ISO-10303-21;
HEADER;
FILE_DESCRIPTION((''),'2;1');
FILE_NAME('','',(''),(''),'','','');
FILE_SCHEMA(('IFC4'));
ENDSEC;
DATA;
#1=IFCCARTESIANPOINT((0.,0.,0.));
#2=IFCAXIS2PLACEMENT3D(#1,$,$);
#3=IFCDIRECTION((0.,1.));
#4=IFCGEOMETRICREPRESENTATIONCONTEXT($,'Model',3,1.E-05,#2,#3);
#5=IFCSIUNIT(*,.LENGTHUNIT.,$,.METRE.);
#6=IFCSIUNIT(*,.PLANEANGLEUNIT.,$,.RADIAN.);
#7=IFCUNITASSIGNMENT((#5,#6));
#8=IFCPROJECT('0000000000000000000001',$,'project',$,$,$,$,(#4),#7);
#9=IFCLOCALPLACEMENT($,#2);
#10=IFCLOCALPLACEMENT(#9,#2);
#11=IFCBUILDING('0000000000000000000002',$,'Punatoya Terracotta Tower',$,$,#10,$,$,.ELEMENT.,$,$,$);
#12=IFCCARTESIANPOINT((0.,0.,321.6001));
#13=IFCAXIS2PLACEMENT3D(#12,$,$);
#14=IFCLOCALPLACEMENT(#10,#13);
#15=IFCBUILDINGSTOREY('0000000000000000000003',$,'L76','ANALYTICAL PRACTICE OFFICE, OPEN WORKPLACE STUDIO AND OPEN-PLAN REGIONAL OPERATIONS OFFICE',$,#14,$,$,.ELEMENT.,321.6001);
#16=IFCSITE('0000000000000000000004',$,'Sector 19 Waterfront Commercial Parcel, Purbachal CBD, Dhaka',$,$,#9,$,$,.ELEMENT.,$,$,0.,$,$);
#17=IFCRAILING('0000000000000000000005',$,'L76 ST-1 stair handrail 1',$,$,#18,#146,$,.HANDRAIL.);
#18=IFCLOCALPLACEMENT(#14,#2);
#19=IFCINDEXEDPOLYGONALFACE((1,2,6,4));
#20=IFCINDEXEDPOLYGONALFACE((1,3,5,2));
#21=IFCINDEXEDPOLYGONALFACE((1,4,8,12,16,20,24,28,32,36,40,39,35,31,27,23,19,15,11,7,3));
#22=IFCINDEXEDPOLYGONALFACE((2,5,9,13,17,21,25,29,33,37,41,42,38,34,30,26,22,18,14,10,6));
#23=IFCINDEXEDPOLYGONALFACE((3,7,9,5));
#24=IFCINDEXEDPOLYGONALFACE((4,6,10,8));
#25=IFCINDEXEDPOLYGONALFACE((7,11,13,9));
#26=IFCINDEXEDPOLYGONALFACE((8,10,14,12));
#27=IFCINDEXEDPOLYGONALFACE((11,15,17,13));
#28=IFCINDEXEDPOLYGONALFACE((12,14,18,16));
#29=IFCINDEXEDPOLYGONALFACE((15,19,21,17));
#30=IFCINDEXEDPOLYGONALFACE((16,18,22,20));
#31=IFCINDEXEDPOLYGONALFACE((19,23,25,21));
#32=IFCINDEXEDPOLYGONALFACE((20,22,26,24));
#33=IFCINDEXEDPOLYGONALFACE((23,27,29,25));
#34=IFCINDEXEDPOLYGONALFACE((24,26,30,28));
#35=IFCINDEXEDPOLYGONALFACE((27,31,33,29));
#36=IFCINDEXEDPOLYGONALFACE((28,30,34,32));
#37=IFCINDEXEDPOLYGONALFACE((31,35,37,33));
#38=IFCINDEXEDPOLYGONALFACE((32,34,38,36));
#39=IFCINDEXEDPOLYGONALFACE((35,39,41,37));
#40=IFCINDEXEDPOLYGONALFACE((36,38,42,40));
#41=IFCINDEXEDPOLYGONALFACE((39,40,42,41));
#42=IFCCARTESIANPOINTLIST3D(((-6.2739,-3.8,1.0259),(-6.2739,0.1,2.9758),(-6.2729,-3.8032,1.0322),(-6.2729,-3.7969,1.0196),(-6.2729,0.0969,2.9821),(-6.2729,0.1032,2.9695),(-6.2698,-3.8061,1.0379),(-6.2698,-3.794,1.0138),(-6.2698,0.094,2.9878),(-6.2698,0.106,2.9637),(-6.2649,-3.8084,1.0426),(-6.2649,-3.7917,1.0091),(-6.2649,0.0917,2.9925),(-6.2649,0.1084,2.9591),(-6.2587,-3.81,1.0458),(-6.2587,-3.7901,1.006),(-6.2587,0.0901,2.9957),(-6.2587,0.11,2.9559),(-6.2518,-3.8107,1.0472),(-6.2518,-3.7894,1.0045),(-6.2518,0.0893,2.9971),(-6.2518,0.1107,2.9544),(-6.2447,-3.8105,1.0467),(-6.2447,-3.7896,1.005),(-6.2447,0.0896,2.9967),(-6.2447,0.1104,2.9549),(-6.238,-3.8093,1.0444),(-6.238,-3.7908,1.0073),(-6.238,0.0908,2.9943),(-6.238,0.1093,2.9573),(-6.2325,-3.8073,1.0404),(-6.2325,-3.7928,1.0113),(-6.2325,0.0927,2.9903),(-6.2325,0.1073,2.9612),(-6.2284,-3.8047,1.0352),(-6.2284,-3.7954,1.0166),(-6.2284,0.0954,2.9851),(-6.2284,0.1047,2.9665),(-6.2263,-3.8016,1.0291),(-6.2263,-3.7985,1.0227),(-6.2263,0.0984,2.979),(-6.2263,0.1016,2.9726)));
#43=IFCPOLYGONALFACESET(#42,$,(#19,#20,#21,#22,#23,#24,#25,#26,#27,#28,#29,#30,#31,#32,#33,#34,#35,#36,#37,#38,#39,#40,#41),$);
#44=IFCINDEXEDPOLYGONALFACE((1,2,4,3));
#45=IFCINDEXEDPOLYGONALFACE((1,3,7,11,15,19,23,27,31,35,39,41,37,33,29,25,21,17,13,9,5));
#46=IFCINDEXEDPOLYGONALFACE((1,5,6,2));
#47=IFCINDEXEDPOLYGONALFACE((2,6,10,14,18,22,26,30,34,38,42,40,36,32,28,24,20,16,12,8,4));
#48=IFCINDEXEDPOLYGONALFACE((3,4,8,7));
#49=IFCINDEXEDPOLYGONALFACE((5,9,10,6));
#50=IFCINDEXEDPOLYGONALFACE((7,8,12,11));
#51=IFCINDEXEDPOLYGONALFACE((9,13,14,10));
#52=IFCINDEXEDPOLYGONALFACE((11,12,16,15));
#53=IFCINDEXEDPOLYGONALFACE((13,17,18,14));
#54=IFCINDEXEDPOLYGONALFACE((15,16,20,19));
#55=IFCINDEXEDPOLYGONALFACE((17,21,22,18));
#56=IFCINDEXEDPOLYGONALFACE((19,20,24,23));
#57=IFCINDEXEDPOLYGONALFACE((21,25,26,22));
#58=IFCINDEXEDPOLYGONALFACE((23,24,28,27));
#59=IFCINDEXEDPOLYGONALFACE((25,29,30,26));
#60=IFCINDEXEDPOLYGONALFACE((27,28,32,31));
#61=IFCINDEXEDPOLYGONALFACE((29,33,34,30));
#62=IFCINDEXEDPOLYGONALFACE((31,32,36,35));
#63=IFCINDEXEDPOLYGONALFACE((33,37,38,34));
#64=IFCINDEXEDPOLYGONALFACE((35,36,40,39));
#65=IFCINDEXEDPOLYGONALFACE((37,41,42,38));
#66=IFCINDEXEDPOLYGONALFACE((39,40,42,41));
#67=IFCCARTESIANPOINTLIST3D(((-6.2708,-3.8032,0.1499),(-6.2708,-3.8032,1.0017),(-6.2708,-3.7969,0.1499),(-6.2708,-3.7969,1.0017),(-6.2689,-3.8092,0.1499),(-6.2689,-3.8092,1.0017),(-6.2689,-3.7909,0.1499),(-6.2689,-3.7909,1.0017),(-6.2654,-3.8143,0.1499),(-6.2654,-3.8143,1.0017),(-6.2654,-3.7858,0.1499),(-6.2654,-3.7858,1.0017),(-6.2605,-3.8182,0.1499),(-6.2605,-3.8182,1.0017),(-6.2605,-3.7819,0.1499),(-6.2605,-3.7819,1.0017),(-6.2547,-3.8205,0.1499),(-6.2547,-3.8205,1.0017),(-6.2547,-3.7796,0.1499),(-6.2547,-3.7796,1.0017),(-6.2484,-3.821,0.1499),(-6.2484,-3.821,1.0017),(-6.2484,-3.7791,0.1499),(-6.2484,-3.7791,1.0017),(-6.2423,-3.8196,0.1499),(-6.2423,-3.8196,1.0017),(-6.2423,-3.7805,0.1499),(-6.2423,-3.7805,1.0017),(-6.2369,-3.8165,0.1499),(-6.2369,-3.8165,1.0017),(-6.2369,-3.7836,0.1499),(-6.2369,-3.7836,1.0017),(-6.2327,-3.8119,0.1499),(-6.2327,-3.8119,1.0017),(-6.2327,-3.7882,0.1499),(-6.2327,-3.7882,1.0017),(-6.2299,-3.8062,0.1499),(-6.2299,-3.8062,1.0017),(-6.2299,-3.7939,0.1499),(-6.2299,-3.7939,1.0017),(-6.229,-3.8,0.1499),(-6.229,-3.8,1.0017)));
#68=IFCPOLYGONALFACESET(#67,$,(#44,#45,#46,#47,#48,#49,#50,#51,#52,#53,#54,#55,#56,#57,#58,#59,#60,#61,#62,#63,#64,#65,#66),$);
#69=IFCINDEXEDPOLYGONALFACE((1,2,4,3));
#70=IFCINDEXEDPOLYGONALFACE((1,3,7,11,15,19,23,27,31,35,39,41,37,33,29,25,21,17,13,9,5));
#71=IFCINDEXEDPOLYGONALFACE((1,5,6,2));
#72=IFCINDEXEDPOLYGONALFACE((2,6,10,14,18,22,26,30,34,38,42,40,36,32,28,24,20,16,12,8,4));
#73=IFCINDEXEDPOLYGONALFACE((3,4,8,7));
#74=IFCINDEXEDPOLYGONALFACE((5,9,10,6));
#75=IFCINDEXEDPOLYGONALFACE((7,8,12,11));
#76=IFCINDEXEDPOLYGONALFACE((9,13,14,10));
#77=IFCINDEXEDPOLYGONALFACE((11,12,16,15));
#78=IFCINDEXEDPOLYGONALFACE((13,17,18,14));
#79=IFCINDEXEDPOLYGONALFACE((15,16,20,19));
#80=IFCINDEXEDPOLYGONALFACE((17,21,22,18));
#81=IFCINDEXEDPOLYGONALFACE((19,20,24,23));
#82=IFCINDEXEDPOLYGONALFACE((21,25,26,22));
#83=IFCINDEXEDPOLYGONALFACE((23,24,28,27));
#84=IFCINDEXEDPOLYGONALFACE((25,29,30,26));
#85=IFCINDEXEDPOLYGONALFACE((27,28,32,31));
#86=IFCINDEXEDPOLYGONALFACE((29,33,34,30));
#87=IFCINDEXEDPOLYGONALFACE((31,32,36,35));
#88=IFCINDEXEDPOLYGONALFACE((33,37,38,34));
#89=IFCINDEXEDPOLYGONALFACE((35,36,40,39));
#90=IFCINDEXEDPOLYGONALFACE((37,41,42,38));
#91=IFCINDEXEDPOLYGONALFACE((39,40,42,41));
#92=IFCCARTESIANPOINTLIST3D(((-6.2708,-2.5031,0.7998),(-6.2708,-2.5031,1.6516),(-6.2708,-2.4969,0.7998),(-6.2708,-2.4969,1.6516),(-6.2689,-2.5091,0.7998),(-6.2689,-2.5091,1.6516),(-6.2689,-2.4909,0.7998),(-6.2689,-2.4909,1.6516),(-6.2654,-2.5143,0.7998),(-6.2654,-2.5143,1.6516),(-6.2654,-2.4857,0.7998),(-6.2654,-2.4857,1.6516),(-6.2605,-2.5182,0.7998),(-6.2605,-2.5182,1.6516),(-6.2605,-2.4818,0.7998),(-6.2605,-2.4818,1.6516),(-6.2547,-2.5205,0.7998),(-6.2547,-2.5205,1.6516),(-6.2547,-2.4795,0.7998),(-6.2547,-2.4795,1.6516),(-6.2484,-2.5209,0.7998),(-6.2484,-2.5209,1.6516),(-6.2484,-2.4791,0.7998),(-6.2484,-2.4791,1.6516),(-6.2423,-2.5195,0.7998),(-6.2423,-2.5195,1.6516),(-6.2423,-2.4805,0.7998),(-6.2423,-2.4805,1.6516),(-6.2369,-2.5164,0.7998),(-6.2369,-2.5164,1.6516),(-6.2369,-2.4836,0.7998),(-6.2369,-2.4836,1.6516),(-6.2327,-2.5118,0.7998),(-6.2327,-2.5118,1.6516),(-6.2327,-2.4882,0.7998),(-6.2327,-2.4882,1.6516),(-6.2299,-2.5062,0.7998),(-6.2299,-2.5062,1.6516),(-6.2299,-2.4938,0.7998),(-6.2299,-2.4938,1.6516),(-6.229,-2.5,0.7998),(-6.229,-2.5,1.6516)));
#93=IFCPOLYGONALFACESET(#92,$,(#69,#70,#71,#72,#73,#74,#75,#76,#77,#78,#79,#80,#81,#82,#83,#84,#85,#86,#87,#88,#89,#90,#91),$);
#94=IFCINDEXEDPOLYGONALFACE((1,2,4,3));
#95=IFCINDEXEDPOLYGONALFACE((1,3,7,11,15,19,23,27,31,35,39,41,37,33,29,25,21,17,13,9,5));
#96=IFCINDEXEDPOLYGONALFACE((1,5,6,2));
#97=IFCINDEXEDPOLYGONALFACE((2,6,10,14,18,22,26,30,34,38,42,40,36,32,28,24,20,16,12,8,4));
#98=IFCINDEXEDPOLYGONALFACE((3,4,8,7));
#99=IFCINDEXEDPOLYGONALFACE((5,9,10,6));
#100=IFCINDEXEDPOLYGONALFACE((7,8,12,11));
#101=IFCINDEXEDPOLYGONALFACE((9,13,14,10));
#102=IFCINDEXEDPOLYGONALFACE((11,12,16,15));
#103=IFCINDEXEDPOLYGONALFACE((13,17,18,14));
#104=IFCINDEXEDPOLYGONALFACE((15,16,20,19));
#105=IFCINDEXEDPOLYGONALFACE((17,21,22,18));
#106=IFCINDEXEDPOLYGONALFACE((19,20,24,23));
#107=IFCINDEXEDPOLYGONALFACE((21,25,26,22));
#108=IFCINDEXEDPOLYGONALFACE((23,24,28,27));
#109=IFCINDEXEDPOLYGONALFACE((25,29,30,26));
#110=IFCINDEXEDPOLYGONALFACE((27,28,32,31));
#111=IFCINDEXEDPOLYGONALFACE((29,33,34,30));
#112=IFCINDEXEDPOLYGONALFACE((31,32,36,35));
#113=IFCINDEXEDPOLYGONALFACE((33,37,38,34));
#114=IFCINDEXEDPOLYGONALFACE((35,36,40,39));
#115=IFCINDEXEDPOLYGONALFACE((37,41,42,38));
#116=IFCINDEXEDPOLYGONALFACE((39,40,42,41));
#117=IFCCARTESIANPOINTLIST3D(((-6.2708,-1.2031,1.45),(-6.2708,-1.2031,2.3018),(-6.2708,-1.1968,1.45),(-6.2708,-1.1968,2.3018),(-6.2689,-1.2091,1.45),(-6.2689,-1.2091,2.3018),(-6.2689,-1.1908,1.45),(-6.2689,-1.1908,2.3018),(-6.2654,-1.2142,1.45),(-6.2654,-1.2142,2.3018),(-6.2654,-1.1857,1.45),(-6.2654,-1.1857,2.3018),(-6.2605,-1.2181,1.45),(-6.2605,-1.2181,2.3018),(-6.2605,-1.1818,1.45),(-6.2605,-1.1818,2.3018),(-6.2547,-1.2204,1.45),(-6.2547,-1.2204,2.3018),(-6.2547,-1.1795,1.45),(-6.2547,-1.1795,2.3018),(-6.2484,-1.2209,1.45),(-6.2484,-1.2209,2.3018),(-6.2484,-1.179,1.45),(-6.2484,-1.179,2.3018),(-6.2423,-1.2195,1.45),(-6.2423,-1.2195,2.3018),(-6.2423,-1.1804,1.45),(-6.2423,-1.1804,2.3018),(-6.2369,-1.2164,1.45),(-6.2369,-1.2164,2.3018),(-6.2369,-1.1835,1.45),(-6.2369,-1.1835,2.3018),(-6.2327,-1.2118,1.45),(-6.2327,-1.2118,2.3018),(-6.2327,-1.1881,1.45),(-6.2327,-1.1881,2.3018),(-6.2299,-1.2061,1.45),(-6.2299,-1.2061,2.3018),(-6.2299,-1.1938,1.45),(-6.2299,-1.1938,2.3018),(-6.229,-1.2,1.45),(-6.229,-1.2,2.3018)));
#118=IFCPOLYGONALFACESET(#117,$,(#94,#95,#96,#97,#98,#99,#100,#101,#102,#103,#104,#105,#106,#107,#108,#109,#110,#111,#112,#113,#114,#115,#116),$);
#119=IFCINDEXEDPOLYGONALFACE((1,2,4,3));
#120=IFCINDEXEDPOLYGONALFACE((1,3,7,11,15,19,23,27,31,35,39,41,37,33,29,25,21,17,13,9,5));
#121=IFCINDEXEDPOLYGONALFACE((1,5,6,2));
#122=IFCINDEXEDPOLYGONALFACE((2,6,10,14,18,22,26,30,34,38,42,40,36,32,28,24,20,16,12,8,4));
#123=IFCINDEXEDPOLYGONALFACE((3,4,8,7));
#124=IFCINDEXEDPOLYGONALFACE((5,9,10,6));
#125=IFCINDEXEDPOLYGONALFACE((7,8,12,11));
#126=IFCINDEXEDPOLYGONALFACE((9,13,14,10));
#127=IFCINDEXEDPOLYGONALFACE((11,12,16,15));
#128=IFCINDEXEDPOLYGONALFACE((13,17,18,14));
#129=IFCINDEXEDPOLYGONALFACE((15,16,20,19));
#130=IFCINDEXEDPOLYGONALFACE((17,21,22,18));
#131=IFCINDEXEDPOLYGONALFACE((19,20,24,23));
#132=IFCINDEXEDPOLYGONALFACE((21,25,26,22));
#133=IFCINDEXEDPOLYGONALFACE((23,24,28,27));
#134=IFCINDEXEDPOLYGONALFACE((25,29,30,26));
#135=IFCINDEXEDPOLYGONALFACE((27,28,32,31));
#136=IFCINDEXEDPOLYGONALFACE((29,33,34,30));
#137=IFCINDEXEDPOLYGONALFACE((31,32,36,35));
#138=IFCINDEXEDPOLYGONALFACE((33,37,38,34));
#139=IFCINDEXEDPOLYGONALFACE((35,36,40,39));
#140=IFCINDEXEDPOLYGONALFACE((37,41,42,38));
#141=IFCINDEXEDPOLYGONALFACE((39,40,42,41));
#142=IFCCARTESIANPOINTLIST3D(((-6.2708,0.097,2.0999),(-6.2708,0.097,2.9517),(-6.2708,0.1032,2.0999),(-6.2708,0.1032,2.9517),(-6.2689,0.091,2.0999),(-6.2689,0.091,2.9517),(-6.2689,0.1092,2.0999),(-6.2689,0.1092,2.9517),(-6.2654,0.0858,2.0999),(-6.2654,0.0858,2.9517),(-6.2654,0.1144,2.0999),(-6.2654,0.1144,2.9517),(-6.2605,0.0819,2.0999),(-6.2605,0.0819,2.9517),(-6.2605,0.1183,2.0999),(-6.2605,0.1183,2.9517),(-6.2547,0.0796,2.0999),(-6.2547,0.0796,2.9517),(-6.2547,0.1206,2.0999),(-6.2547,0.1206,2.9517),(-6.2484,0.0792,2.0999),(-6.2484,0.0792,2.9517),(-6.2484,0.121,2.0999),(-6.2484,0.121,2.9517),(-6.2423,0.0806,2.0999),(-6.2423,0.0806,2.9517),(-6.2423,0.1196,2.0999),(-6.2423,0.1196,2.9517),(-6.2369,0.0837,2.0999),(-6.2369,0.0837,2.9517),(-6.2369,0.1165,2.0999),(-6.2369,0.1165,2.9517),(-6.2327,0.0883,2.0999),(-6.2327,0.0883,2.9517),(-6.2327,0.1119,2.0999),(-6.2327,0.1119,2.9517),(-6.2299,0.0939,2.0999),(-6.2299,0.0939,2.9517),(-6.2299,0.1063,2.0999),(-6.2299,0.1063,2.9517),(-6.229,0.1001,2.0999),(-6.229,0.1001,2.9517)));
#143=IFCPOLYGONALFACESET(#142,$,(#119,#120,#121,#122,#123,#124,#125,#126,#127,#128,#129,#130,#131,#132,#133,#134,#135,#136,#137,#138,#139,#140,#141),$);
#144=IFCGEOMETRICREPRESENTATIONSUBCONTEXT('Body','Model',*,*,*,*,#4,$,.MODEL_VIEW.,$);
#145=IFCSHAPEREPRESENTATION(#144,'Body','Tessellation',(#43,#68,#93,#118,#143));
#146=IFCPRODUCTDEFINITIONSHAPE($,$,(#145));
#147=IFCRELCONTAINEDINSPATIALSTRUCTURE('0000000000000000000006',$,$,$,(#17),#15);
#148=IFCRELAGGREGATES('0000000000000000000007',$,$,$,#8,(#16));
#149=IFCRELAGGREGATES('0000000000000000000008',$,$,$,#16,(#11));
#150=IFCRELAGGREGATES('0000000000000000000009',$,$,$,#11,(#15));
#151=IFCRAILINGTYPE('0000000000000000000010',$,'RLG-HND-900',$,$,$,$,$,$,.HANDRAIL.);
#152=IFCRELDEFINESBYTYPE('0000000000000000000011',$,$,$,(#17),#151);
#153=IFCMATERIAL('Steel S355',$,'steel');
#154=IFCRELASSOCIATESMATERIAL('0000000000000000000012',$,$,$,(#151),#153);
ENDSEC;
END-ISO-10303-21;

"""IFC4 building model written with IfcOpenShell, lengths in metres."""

from ifc_helpers import new_model, si_unit, direction, frame, origin, origin_2d, place, context, subcontext, project, spatial, circle, extrude, material, type_object, element, save


model = new_model("IFC4")

# Units and contexts
model_context = context("Model", 3, precision=1e-05, world=origin(), true_north=direction((0.0, 1.0)))
body_context = subcontext(model_context, "Body", "Model", "MODEL_VIEW")
ifc_project = project(units=[si_unit("LENGTHUNIT", "METRE"), si_unit("PLANEANGLEUNIT", "RADIAN")], contexts=[model_context])

# Site, building, storey
site_placement = place(None, origin())
site = spatial("IfcSite", under=ifc_project, at=site_placement, Name="Sector 19 Waterfront Commercial Parcel, Purbachal CBD, Dhaka", CompositionType="ELEMENT", RefElevation=0.0)
building_placement = place(site_placement, origin())
building = spatial("IfcBuilding", under=site, at=building_placement, Name="Punatoya Terracotta Tower", CompositionType="ELEMENT")
storey_placement = place(building_placement, frame((0.0, 0.0, 321.6001)))
storey = spatial("IfcBuildingStorey", under=building, at=storey_placement, Name="L76", Description="ANALYTICAL PRACTICE OFFICE, OPEN WORKPLACE STUDIO AND OPEN-PLAN REGIONAL OPERATIONS OFFICE", CompositionType="ELEMENT", Elevation=321.6001)

# Shared definitions
ifc_material_1 = material(Name="Steel S355", Category="steel")

# Railing
railing_type_1 = type_object("IfcRailingType", Name="RLG-HND-900", PredefinedType="HANDRAIL", material=ifc_material_1)
railing_1_placement = place(storey_placement, frame((-6.25, -3.8, 0.1499)))
element("IfcRailing", 1, at=railing_1_placement, inside=storey, type_object=railing_type_1, Name="L76 ST-1 stair handrail 1", PredefinedType="HANDRAIL", context=body_context, shape_type="SweptSolid", body=[
    extrude(circle(Radius=0.0239, at=origin_2d()), frame((0.0, 0.0, 0.876), z_axis=(0.0, 0.894438, 0.447191), x_axis=(-1.0, 0.0, 0.0)), (0.0, 0.0, 1.0), 4.3604),
    extrude(circle(Radius=0.021, at=origin_2d()), origin(), (0.0, 0.0, 1.0), 0.8518),
    extrude(circle(Radius=0.021, at=origin_2d()), frame((0.0, 1.3, 0.6499)), (0.0, 0.0, 1.0), 0.8518),
    extrude(circle(Radius=0.021, at=origin_2d()), frame((0.0, 2.6001, 1.3)), (0.0, 0.0, 1.0), 0.8518),
    extrude(circle(Radius=0.021, at=origin_2d()), frame((0.0, 3.9001, 1.95)), (0.0, 0.0, 1.0), 0.8518),
])

save(model, "model.ifc")
